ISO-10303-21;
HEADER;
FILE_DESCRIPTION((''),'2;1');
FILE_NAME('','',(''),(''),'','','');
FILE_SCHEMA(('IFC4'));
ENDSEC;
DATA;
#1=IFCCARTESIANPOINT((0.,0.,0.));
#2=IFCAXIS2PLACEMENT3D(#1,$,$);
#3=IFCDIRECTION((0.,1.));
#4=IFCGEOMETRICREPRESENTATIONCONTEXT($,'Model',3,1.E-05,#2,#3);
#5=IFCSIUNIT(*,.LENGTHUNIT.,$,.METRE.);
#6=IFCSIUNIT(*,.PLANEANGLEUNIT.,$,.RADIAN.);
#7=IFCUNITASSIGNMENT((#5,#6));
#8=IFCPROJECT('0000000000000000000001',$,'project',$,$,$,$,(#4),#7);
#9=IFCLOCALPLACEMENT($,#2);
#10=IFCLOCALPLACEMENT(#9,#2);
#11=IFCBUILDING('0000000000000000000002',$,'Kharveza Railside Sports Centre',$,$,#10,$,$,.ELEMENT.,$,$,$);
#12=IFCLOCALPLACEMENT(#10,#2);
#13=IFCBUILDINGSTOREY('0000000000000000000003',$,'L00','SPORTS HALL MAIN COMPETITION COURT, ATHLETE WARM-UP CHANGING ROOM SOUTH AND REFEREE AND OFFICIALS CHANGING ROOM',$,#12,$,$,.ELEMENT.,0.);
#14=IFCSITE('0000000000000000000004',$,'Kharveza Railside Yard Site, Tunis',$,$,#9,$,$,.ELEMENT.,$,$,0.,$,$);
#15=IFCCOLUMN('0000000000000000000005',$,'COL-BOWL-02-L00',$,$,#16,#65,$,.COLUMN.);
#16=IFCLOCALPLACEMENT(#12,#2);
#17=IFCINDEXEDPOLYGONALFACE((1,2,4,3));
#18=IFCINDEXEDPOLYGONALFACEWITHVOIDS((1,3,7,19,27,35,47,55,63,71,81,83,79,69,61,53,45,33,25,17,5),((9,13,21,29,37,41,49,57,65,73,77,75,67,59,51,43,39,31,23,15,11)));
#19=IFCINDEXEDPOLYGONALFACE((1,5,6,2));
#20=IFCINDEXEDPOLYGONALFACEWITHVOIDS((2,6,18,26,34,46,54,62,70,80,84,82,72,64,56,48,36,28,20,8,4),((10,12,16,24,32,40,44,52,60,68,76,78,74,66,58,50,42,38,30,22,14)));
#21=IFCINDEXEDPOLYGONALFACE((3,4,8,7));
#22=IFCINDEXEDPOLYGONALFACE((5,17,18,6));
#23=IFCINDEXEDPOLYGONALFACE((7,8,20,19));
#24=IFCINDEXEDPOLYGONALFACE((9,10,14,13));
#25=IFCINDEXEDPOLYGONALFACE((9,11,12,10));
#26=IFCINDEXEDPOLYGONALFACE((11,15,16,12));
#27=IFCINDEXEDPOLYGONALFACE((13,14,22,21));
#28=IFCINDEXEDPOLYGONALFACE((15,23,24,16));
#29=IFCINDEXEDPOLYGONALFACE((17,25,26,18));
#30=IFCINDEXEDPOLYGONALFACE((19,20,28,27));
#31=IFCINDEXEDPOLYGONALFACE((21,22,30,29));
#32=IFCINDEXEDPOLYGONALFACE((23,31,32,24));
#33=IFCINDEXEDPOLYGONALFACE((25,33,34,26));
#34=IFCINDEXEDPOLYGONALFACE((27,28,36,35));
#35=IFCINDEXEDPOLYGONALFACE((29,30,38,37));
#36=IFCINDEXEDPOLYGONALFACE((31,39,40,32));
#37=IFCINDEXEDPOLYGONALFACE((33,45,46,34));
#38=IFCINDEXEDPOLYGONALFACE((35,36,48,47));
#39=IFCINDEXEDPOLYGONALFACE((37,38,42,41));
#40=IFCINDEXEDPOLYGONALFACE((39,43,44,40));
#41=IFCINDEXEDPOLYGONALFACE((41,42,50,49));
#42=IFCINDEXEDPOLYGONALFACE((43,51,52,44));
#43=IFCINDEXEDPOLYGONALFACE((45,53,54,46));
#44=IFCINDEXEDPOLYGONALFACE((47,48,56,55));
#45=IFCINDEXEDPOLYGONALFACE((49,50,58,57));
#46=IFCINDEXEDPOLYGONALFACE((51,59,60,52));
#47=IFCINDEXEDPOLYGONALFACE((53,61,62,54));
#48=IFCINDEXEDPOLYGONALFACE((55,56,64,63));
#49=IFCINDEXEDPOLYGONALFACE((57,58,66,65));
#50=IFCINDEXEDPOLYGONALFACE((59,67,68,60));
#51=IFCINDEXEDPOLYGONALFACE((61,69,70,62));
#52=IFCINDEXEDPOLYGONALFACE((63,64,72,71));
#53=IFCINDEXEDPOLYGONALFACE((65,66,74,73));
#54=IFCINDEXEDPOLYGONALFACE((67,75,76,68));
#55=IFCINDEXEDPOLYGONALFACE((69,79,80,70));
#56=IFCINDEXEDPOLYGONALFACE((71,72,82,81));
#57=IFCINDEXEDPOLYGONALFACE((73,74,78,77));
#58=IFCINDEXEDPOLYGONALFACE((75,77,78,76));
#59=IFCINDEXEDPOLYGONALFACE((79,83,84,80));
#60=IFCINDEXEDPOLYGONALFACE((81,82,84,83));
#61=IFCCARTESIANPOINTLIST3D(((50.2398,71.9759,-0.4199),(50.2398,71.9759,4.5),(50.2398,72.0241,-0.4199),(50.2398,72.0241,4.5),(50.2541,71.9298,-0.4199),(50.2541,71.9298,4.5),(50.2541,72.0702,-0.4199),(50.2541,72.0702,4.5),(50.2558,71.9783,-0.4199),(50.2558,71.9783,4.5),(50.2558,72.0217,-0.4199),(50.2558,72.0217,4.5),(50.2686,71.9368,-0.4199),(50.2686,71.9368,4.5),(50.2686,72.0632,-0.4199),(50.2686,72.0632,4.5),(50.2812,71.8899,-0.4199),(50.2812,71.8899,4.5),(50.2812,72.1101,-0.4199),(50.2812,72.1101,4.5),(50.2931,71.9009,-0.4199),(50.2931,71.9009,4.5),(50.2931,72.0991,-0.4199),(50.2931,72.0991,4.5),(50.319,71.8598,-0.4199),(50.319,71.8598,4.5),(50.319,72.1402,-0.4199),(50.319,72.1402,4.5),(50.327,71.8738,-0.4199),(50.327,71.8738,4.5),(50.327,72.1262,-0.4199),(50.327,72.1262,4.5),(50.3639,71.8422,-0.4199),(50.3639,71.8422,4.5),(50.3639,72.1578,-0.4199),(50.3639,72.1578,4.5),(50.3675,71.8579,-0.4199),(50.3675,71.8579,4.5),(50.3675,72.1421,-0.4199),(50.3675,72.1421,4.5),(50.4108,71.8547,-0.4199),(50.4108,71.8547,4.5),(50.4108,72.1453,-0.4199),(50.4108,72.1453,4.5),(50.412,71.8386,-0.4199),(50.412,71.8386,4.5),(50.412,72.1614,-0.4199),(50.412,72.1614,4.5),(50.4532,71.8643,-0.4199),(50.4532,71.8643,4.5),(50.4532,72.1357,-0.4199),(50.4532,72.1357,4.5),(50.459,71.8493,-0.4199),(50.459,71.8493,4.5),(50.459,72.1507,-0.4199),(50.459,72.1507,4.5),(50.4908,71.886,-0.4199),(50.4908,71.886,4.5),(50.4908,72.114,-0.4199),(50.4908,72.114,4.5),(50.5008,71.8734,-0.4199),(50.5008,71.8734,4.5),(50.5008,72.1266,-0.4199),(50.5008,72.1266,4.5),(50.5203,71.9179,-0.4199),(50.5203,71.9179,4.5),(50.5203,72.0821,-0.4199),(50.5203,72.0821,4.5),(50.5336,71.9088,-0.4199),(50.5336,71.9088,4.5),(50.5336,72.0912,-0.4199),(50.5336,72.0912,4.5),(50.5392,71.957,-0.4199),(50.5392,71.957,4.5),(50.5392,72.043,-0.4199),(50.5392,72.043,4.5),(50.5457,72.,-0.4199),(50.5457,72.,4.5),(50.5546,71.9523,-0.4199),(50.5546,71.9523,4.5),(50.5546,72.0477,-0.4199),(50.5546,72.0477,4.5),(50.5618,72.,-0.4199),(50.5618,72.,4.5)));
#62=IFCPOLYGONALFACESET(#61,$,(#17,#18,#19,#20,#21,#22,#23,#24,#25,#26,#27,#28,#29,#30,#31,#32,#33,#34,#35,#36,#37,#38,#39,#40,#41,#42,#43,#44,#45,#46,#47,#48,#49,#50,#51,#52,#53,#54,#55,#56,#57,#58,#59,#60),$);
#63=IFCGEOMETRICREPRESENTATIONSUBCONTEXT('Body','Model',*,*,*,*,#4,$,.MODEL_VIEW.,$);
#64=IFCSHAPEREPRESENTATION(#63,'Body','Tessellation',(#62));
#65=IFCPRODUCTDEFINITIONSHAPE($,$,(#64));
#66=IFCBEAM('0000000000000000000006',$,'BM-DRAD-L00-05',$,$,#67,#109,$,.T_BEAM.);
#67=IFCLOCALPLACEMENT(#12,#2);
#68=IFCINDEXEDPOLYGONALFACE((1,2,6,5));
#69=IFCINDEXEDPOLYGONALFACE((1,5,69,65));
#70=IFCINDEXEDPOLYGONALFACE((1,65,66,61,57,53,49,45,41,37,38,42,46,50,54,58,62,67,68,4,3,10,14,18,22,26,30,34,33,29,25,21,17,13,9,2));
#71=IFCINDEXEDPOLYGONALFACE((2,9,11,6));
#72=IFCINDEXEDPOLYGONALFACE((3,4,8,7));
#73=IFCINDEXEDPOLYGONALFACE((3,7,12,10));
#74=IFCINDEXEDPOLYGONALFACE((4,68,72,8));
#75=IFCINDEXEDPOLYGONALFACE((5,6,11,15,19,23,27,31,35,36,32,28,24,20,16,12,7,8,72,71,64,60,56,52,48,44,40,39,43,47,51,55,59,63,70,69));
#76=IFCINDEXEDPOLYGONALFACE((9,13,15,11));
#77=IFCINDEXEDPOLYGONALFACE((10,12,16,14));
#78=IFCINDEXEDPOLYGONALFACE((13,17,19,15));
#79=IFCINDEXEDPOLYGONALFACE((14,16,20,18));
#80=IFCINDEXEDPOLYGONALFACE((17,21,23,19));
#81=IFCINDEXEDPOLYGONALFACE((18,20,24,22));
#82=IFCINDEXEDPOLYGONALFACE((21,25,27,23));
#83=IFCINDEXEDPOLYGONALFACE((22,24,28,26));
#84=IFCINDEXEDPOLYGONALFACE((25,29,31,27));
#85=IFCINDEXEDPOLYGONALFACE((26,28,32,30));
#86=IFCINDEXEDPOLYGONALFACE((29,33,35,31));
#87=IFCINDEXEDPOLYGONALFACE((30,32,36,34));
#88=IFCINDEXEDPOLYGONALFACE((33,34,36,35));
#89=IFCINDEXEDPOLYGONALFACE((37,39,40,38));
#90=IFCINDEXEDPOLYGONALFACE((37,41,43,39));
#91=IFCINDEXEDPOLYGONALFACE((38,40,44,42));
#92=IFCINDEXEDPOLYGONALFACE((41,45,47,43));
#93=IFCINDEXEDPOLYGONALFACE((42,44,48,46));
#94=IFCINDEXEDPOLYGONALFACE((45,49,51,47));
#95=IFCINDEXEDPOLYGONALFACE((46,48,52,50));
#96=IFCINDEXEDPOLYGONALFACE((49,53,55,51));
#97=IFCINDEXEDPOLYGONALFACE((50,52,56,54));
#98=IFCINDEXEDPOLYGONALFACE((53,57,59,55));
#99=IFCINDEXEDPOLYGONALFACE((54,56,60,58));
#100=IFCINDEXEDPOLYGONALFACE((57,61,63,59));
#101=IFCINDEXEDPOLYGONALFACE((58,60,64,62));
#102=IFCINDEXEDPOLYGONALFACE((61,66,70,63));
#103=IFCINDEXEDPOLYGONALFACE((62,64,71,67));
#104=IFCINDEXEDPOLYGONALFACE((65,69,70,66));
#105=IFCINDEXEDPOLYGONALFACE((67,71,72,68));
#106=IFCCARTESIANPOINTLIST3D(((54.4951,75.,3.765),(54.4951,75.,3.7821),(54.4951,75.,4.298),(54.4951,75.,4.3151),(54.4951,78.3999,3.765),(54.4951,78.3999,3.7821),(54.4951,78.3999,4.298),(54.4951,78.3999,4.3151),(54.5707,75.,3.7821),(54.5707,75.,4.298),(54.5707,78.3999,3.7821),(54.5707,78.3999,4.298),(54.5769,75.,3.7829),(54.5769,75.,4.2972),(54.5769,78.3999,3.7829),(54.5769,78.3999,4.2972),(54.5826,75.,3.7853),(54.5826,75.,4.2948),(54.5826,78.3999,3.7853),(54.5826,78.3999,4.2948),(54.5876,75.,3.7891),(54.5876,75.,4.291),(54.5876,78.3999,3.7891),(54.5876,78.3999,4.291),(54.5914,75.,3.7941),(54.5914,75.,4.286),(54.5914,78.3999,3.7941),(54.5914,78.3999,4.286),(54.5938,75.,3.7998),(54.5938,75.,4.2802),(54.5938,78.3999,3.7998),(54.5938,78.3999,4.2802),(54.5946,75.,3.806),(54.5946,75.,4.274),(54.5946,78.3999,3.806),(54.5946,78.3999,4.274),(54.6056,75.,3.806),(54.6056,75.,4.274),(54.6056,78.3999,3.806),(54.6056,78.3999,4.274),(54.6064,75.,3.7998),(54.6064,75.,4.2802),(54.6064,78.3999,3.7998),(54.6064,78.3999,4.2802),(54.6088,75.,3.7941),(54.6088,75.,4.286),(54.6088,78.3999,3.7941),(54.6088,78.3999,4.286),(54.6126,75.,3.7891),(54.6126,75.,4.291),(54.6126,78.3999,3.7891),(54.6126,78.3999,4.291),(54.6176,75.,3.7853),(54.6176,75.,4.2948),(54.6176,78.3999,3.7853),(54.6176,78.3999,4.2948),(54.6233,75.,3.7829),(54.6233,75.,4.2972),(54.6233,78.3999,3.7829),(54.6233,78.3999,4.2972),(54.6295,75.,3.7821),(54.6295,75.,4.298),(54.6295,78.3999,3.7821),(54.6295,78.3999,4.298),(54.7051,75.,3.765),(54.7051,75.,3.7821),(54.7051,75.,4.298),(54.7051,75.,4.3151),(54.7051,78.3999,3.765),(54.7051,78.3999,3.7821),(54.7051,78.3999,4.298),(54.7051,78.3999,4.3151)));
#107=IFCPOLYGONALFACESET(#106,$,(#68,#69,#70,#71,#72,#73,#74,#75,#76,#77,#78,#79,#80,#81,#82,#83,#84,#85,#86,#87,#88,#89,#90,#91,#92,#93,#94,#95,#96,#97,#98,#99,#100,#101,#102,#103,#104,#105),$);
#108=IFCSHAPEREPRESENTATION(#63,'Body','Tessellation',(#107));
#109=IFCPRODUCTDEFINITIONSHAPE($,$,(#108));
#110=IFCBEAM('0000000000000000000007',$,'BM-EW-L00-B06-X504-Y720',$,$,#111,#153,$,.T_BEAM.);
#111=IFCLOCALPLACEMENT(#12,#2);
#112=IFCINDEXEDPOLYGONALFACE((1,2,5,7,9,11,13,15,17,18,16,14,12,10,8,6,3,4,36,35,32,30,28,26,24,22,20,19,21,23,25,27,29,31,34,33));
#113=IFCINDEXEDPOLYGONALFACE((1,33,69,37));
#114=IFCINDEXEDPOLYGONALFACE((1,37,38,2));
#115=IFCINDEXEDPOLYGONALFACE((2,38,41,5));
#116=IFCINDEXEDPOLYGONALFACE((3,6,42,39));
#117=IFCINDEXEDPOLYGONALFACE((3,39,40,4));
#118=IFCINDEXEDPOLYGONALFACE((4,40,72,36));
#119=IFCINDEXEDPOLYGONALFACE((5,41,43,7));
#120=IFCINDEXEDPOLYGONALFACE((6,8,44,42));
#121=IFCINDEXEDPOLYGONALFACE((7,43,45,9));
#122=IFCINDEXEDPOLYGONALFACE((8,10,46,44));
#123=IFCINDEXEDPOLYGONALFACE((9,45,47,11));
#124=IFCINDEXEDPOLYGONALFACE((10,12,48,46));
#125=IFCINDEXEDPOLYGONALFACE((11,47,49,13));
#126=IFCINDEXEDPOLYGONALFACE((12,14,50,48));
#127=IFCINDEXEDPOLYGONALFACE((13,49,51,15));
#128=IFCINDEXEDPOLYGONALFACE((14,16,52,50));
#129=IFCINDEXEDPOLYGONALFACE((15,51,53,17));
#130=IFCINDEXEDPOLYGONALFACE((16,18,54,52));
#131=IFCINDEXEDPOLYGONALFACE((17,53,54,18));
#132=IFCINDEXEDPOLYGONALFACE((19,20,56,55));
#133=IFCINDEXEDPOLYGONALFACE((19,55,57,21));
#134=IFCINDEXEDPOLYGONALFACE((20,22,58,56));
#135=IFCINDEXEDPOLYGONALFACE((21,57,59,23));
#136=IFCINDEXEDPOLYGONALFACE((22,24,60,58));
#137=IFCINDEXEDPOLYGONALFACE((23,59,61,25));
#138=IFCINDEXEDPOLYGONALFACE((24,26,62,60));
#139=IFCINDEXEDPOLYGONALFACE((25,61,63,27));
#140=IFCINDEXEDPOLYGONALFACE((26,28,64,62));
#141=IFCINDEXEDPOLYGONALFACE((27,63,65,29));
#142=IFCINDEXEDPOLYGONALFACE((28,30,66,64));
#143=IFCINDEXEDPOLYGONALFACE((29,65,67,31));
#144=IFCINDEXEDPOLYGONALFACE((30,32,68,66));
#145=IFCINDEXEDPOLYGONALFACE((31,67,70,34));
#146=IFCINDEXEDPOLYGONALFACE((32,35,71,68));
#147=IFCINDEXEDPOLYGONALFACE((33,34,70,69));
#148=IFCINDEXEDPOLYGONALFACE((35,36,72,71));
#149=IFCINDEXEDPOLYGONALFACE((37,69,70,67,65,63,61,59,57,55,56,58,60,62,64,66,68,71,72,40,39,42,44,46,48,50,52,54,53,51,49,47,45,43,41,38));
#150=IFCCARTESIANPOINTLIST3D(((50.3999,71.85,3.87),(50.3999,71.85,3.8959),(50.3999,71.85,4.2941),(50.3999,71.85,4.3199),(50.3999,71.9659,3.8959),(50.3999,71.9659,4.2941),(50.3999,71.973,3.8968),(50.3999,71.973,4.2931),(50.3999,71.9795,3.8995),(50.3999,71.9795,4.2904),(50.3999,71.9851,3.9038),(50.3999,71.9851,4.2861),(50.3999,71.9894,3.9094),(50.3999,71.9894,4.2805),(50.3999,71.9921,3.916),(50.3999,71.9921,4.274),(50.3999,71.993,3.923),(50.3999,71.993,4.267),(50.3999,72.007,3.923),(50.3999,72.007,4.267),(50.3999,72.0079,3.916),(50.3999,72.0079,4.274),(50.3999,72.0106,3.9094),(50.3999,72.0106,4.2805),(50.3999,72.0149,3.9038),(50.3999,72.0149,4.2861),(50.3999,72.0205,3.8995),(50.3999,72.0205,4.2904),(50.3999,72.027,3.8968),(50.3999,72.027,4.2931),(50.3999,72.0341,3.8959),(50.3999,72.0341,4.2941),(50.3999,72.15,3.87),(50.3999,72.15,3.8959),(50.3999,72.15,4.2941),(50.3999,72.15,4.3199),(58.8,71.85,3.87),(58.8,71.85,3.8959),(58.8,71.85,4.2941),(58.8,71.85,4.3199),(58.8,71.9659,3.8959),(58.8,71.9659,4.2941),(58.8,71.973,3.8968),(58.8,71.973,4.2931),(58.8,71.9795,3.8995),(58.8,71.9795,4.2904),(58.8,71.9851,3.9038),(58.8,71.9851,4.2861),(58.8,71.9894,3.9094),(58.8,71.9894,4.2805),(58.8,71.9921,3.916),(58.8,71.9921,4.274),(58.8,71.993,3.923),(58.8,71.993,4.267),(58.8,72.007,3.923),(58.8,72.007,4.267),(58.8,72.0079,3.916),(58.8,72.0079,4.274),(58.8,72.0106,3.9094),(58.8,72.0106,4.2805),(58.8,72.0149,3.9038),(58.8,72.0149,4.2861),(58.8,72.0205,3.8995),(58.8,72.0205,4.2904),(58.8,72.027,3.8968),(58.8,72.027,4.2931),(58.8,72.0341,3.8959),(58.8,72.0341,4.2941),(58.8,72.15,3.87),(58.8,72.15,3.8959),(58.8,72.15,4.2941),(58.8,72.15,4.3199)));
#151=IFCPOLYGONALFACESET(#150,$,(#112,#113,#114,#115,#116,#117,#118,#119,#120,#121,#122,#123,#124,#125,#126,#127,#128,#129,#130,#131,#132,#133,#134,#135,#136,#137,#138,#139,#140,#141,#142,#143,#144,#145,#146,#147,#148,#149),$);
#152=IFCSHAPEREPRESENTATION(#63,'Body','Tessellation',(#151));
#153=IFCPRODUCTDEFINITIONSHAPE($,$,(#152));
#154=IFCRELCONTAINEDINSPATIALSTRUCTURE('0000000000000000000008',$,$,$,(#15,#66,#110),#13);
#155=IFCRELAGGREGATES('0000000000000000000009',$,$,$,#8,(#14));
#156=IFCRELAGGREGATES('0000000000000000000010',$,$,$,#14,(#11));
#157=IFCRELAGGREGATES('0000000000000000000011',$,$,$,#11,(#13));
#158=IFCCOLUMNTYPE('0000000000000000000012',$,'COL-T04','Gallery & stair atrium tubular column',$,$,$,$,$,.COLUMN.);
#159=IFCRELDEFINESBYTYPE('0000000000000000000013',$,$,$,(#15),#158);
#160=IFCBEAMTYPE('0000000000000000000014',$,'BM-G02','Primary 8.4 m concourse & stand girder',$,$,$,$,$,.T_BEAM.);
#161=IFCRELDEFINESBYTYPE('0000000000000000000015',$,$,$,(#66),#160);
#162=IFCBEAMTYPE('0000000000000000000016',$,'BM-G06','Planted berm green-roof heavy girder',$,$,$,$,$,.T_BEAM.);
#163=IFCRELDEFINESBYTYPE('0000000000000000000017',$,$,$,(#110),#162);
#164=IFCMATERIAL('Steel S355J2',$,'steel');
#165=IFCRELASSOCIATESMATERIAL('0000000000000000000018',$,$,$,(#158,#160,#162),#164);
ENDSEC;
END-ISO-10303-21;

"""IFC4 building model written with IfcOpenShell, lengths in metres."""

from ifc_helpers import new_model, si_unit, direction, frame, origin, origin_2d, place, context, subcontext, project, spatial, hollow_circle, i_section, extrude, material, material_profile, profile_set, type_object, element, save


model = new_model("IFC4")

# Units and contexts
model_context = context("Model", 3, precision=1e-05, world=origin(), true_north=direction((0.0, 1.0)))
body_context = subcontext(model_context, "Body", "Model", "MODEL_VIEW")
ifc_project = project(units=[si_unit("LENGTHUNIT", "METRE"), si_unit("PLANEANGLEUNIT", "RADIAN")], contexts=[model_context])

# Site, building, storey
site_placement = place(None, origin())
site = spatial("IfcSite", under=ifc_project, at=site_placement, Name="Kharveza Railside Yard Site, Tunis", CompositionType="ELEMENT", RefElevation=0.0)
building_placement = place(site_placement, origin())
building = spatial("IfcBuilding", under=site, at=building_placement, Name="Kharveza Railside Sports Centre", CompositionType="ELEMENT")
storey_placement = place(building_placement, origin())
storey = spatial("IfcBuildingStorey", under=building, at=storey_placement, Name="L00", Description="SPORTS HALL MAIN COMPETITION COURT, ATHLETE WARM-UP CHANGING ROOM SOUTH AND REFEREE AND OFFICIALS CHANGING ROOM", CompositionType="ELEMENT", Elevation=0.0)

# Column
ifc_material_1 = material(Name="Steel S355J2", Category="steel")
ifc_material_profile_1 = material_profile(ifc_material_1, hollow_circle(Radius=0.1619, WallThickness=0.0161, at=origin_2d()), Name="CHS 323.9x16.0")
ifc_profile_set_1 = profile_set([ifc_material_profile_1], Name="Steel S355J2")
column_type_1 = type_object("IfcColumnType", Name="COL-T04", Description="Gallery & stair atrium tubular column", PredefinedType="COLUMN", material=ifc_profile_set_1)
column_1_placement = place(storey_placement, frame((50.3999, 72.0, -0.4199), z_axis=(0.0, 0.0, 1.0), x_axis=(1.0, 0.0, 0.0)))
element("IfcColumn", 1, at=column_1_placement, inside=storey, type_object=column_type_1, Name="COL-BOWL-02-L00", PredefinedType="COLUMN", context=body_context, shape_type="SweptSolid", body=[
    extrude(hollow_circle(Radius=0.1619, WallThickness=0.0161, at=origin_2d()), origin(), (0.0, 0.0, 1.0), 4.9199),
])

# Beams
ifc_material_profile_2 = material_profile(ifc_material_1, i_section(OverallWidth=0.21, OverallDepth=0.55, WebThickness=0.011, FlangeThickness=0.0171, FilletRadius=0.0239, at=origin_2d()), Name="IPE 550")
ifc_profile_set_2 = profile_set([ifc_material_profile_2], Name="Steel S355J2")
beam_type_1 = type_object("IfcBeamType", Name="BM-G02", Description="Primary 8.4 m concourse & stand girder", PredefinedType="T_BEAM", material=ifc_profile_set_2)
beam_1_placement = place(storey_placement, frame((54.6001, 75.0, 4.04), z_axis=(0.0, 1.0, 0.0), x_axis=(-1.0, 0.0, 0.0)))
element("IfcBeam", 2, at=beam_1_placement, inside=storey, type_object=beam_type_1, Name="BM-DRAD-L00-05", PredefinedType="T_BEAM", context=body_context, shape_type="SweptSolid", body=[
    extrude(i_section(OverallWidth=0.21, OverallDepth=0.55, WebThickness=0.011, FlangeThickness=0.0171, FilletRadius=0.0239, at=origin_2d()), origin(), (0.0, 0.0, 1.0), 3.3999),
])
ifc_material_profile_3 = material_profile(ifc_material_1, i_section(OverallWidth=0.3, OverallDepth=0.45, WebThickness=0.0139, FlangeThickness=0.0259, FilletRadius=0.0271, at=origin_2d()), Name="HEB 450")
ifc_profile_set_3 = profile_set([ifc_material_profile_3], Name="Steel S355J2")
beam_type_2 = type_object("IfcBeamType", Name="BM-G06", Description="Planted berm green-roof heavy girder", PredefinedType="T_BEAM", material=ifc_profile_set_3)
beam_2_placement = place(storey_placement, frame((50.3999, 72.0, 4.095), z_axis=(1.0, 0.0, 0.0), x_axis=(0.0, 1.0, 0.0)))
element("IfcBeam", 3, at=beam_2_placement, inside=storey, type_object=beam_type_2, Name="BM-EW-L00-B06-X504-Y720", PredefinedType="T_BEAM", context=body_context, shape_type="SweptSolid", body=[
    extrude(i_section(OverallWidth=0.3, OverallDepth=0.45, WebThickness=0.0139, FlangeThickness=0.0259, FilletRadius=0.0271, at=origin_2d()), origin(), (0.0, 0.0, 1.0), 8.4001),
])

save(model, "model.ifc")
